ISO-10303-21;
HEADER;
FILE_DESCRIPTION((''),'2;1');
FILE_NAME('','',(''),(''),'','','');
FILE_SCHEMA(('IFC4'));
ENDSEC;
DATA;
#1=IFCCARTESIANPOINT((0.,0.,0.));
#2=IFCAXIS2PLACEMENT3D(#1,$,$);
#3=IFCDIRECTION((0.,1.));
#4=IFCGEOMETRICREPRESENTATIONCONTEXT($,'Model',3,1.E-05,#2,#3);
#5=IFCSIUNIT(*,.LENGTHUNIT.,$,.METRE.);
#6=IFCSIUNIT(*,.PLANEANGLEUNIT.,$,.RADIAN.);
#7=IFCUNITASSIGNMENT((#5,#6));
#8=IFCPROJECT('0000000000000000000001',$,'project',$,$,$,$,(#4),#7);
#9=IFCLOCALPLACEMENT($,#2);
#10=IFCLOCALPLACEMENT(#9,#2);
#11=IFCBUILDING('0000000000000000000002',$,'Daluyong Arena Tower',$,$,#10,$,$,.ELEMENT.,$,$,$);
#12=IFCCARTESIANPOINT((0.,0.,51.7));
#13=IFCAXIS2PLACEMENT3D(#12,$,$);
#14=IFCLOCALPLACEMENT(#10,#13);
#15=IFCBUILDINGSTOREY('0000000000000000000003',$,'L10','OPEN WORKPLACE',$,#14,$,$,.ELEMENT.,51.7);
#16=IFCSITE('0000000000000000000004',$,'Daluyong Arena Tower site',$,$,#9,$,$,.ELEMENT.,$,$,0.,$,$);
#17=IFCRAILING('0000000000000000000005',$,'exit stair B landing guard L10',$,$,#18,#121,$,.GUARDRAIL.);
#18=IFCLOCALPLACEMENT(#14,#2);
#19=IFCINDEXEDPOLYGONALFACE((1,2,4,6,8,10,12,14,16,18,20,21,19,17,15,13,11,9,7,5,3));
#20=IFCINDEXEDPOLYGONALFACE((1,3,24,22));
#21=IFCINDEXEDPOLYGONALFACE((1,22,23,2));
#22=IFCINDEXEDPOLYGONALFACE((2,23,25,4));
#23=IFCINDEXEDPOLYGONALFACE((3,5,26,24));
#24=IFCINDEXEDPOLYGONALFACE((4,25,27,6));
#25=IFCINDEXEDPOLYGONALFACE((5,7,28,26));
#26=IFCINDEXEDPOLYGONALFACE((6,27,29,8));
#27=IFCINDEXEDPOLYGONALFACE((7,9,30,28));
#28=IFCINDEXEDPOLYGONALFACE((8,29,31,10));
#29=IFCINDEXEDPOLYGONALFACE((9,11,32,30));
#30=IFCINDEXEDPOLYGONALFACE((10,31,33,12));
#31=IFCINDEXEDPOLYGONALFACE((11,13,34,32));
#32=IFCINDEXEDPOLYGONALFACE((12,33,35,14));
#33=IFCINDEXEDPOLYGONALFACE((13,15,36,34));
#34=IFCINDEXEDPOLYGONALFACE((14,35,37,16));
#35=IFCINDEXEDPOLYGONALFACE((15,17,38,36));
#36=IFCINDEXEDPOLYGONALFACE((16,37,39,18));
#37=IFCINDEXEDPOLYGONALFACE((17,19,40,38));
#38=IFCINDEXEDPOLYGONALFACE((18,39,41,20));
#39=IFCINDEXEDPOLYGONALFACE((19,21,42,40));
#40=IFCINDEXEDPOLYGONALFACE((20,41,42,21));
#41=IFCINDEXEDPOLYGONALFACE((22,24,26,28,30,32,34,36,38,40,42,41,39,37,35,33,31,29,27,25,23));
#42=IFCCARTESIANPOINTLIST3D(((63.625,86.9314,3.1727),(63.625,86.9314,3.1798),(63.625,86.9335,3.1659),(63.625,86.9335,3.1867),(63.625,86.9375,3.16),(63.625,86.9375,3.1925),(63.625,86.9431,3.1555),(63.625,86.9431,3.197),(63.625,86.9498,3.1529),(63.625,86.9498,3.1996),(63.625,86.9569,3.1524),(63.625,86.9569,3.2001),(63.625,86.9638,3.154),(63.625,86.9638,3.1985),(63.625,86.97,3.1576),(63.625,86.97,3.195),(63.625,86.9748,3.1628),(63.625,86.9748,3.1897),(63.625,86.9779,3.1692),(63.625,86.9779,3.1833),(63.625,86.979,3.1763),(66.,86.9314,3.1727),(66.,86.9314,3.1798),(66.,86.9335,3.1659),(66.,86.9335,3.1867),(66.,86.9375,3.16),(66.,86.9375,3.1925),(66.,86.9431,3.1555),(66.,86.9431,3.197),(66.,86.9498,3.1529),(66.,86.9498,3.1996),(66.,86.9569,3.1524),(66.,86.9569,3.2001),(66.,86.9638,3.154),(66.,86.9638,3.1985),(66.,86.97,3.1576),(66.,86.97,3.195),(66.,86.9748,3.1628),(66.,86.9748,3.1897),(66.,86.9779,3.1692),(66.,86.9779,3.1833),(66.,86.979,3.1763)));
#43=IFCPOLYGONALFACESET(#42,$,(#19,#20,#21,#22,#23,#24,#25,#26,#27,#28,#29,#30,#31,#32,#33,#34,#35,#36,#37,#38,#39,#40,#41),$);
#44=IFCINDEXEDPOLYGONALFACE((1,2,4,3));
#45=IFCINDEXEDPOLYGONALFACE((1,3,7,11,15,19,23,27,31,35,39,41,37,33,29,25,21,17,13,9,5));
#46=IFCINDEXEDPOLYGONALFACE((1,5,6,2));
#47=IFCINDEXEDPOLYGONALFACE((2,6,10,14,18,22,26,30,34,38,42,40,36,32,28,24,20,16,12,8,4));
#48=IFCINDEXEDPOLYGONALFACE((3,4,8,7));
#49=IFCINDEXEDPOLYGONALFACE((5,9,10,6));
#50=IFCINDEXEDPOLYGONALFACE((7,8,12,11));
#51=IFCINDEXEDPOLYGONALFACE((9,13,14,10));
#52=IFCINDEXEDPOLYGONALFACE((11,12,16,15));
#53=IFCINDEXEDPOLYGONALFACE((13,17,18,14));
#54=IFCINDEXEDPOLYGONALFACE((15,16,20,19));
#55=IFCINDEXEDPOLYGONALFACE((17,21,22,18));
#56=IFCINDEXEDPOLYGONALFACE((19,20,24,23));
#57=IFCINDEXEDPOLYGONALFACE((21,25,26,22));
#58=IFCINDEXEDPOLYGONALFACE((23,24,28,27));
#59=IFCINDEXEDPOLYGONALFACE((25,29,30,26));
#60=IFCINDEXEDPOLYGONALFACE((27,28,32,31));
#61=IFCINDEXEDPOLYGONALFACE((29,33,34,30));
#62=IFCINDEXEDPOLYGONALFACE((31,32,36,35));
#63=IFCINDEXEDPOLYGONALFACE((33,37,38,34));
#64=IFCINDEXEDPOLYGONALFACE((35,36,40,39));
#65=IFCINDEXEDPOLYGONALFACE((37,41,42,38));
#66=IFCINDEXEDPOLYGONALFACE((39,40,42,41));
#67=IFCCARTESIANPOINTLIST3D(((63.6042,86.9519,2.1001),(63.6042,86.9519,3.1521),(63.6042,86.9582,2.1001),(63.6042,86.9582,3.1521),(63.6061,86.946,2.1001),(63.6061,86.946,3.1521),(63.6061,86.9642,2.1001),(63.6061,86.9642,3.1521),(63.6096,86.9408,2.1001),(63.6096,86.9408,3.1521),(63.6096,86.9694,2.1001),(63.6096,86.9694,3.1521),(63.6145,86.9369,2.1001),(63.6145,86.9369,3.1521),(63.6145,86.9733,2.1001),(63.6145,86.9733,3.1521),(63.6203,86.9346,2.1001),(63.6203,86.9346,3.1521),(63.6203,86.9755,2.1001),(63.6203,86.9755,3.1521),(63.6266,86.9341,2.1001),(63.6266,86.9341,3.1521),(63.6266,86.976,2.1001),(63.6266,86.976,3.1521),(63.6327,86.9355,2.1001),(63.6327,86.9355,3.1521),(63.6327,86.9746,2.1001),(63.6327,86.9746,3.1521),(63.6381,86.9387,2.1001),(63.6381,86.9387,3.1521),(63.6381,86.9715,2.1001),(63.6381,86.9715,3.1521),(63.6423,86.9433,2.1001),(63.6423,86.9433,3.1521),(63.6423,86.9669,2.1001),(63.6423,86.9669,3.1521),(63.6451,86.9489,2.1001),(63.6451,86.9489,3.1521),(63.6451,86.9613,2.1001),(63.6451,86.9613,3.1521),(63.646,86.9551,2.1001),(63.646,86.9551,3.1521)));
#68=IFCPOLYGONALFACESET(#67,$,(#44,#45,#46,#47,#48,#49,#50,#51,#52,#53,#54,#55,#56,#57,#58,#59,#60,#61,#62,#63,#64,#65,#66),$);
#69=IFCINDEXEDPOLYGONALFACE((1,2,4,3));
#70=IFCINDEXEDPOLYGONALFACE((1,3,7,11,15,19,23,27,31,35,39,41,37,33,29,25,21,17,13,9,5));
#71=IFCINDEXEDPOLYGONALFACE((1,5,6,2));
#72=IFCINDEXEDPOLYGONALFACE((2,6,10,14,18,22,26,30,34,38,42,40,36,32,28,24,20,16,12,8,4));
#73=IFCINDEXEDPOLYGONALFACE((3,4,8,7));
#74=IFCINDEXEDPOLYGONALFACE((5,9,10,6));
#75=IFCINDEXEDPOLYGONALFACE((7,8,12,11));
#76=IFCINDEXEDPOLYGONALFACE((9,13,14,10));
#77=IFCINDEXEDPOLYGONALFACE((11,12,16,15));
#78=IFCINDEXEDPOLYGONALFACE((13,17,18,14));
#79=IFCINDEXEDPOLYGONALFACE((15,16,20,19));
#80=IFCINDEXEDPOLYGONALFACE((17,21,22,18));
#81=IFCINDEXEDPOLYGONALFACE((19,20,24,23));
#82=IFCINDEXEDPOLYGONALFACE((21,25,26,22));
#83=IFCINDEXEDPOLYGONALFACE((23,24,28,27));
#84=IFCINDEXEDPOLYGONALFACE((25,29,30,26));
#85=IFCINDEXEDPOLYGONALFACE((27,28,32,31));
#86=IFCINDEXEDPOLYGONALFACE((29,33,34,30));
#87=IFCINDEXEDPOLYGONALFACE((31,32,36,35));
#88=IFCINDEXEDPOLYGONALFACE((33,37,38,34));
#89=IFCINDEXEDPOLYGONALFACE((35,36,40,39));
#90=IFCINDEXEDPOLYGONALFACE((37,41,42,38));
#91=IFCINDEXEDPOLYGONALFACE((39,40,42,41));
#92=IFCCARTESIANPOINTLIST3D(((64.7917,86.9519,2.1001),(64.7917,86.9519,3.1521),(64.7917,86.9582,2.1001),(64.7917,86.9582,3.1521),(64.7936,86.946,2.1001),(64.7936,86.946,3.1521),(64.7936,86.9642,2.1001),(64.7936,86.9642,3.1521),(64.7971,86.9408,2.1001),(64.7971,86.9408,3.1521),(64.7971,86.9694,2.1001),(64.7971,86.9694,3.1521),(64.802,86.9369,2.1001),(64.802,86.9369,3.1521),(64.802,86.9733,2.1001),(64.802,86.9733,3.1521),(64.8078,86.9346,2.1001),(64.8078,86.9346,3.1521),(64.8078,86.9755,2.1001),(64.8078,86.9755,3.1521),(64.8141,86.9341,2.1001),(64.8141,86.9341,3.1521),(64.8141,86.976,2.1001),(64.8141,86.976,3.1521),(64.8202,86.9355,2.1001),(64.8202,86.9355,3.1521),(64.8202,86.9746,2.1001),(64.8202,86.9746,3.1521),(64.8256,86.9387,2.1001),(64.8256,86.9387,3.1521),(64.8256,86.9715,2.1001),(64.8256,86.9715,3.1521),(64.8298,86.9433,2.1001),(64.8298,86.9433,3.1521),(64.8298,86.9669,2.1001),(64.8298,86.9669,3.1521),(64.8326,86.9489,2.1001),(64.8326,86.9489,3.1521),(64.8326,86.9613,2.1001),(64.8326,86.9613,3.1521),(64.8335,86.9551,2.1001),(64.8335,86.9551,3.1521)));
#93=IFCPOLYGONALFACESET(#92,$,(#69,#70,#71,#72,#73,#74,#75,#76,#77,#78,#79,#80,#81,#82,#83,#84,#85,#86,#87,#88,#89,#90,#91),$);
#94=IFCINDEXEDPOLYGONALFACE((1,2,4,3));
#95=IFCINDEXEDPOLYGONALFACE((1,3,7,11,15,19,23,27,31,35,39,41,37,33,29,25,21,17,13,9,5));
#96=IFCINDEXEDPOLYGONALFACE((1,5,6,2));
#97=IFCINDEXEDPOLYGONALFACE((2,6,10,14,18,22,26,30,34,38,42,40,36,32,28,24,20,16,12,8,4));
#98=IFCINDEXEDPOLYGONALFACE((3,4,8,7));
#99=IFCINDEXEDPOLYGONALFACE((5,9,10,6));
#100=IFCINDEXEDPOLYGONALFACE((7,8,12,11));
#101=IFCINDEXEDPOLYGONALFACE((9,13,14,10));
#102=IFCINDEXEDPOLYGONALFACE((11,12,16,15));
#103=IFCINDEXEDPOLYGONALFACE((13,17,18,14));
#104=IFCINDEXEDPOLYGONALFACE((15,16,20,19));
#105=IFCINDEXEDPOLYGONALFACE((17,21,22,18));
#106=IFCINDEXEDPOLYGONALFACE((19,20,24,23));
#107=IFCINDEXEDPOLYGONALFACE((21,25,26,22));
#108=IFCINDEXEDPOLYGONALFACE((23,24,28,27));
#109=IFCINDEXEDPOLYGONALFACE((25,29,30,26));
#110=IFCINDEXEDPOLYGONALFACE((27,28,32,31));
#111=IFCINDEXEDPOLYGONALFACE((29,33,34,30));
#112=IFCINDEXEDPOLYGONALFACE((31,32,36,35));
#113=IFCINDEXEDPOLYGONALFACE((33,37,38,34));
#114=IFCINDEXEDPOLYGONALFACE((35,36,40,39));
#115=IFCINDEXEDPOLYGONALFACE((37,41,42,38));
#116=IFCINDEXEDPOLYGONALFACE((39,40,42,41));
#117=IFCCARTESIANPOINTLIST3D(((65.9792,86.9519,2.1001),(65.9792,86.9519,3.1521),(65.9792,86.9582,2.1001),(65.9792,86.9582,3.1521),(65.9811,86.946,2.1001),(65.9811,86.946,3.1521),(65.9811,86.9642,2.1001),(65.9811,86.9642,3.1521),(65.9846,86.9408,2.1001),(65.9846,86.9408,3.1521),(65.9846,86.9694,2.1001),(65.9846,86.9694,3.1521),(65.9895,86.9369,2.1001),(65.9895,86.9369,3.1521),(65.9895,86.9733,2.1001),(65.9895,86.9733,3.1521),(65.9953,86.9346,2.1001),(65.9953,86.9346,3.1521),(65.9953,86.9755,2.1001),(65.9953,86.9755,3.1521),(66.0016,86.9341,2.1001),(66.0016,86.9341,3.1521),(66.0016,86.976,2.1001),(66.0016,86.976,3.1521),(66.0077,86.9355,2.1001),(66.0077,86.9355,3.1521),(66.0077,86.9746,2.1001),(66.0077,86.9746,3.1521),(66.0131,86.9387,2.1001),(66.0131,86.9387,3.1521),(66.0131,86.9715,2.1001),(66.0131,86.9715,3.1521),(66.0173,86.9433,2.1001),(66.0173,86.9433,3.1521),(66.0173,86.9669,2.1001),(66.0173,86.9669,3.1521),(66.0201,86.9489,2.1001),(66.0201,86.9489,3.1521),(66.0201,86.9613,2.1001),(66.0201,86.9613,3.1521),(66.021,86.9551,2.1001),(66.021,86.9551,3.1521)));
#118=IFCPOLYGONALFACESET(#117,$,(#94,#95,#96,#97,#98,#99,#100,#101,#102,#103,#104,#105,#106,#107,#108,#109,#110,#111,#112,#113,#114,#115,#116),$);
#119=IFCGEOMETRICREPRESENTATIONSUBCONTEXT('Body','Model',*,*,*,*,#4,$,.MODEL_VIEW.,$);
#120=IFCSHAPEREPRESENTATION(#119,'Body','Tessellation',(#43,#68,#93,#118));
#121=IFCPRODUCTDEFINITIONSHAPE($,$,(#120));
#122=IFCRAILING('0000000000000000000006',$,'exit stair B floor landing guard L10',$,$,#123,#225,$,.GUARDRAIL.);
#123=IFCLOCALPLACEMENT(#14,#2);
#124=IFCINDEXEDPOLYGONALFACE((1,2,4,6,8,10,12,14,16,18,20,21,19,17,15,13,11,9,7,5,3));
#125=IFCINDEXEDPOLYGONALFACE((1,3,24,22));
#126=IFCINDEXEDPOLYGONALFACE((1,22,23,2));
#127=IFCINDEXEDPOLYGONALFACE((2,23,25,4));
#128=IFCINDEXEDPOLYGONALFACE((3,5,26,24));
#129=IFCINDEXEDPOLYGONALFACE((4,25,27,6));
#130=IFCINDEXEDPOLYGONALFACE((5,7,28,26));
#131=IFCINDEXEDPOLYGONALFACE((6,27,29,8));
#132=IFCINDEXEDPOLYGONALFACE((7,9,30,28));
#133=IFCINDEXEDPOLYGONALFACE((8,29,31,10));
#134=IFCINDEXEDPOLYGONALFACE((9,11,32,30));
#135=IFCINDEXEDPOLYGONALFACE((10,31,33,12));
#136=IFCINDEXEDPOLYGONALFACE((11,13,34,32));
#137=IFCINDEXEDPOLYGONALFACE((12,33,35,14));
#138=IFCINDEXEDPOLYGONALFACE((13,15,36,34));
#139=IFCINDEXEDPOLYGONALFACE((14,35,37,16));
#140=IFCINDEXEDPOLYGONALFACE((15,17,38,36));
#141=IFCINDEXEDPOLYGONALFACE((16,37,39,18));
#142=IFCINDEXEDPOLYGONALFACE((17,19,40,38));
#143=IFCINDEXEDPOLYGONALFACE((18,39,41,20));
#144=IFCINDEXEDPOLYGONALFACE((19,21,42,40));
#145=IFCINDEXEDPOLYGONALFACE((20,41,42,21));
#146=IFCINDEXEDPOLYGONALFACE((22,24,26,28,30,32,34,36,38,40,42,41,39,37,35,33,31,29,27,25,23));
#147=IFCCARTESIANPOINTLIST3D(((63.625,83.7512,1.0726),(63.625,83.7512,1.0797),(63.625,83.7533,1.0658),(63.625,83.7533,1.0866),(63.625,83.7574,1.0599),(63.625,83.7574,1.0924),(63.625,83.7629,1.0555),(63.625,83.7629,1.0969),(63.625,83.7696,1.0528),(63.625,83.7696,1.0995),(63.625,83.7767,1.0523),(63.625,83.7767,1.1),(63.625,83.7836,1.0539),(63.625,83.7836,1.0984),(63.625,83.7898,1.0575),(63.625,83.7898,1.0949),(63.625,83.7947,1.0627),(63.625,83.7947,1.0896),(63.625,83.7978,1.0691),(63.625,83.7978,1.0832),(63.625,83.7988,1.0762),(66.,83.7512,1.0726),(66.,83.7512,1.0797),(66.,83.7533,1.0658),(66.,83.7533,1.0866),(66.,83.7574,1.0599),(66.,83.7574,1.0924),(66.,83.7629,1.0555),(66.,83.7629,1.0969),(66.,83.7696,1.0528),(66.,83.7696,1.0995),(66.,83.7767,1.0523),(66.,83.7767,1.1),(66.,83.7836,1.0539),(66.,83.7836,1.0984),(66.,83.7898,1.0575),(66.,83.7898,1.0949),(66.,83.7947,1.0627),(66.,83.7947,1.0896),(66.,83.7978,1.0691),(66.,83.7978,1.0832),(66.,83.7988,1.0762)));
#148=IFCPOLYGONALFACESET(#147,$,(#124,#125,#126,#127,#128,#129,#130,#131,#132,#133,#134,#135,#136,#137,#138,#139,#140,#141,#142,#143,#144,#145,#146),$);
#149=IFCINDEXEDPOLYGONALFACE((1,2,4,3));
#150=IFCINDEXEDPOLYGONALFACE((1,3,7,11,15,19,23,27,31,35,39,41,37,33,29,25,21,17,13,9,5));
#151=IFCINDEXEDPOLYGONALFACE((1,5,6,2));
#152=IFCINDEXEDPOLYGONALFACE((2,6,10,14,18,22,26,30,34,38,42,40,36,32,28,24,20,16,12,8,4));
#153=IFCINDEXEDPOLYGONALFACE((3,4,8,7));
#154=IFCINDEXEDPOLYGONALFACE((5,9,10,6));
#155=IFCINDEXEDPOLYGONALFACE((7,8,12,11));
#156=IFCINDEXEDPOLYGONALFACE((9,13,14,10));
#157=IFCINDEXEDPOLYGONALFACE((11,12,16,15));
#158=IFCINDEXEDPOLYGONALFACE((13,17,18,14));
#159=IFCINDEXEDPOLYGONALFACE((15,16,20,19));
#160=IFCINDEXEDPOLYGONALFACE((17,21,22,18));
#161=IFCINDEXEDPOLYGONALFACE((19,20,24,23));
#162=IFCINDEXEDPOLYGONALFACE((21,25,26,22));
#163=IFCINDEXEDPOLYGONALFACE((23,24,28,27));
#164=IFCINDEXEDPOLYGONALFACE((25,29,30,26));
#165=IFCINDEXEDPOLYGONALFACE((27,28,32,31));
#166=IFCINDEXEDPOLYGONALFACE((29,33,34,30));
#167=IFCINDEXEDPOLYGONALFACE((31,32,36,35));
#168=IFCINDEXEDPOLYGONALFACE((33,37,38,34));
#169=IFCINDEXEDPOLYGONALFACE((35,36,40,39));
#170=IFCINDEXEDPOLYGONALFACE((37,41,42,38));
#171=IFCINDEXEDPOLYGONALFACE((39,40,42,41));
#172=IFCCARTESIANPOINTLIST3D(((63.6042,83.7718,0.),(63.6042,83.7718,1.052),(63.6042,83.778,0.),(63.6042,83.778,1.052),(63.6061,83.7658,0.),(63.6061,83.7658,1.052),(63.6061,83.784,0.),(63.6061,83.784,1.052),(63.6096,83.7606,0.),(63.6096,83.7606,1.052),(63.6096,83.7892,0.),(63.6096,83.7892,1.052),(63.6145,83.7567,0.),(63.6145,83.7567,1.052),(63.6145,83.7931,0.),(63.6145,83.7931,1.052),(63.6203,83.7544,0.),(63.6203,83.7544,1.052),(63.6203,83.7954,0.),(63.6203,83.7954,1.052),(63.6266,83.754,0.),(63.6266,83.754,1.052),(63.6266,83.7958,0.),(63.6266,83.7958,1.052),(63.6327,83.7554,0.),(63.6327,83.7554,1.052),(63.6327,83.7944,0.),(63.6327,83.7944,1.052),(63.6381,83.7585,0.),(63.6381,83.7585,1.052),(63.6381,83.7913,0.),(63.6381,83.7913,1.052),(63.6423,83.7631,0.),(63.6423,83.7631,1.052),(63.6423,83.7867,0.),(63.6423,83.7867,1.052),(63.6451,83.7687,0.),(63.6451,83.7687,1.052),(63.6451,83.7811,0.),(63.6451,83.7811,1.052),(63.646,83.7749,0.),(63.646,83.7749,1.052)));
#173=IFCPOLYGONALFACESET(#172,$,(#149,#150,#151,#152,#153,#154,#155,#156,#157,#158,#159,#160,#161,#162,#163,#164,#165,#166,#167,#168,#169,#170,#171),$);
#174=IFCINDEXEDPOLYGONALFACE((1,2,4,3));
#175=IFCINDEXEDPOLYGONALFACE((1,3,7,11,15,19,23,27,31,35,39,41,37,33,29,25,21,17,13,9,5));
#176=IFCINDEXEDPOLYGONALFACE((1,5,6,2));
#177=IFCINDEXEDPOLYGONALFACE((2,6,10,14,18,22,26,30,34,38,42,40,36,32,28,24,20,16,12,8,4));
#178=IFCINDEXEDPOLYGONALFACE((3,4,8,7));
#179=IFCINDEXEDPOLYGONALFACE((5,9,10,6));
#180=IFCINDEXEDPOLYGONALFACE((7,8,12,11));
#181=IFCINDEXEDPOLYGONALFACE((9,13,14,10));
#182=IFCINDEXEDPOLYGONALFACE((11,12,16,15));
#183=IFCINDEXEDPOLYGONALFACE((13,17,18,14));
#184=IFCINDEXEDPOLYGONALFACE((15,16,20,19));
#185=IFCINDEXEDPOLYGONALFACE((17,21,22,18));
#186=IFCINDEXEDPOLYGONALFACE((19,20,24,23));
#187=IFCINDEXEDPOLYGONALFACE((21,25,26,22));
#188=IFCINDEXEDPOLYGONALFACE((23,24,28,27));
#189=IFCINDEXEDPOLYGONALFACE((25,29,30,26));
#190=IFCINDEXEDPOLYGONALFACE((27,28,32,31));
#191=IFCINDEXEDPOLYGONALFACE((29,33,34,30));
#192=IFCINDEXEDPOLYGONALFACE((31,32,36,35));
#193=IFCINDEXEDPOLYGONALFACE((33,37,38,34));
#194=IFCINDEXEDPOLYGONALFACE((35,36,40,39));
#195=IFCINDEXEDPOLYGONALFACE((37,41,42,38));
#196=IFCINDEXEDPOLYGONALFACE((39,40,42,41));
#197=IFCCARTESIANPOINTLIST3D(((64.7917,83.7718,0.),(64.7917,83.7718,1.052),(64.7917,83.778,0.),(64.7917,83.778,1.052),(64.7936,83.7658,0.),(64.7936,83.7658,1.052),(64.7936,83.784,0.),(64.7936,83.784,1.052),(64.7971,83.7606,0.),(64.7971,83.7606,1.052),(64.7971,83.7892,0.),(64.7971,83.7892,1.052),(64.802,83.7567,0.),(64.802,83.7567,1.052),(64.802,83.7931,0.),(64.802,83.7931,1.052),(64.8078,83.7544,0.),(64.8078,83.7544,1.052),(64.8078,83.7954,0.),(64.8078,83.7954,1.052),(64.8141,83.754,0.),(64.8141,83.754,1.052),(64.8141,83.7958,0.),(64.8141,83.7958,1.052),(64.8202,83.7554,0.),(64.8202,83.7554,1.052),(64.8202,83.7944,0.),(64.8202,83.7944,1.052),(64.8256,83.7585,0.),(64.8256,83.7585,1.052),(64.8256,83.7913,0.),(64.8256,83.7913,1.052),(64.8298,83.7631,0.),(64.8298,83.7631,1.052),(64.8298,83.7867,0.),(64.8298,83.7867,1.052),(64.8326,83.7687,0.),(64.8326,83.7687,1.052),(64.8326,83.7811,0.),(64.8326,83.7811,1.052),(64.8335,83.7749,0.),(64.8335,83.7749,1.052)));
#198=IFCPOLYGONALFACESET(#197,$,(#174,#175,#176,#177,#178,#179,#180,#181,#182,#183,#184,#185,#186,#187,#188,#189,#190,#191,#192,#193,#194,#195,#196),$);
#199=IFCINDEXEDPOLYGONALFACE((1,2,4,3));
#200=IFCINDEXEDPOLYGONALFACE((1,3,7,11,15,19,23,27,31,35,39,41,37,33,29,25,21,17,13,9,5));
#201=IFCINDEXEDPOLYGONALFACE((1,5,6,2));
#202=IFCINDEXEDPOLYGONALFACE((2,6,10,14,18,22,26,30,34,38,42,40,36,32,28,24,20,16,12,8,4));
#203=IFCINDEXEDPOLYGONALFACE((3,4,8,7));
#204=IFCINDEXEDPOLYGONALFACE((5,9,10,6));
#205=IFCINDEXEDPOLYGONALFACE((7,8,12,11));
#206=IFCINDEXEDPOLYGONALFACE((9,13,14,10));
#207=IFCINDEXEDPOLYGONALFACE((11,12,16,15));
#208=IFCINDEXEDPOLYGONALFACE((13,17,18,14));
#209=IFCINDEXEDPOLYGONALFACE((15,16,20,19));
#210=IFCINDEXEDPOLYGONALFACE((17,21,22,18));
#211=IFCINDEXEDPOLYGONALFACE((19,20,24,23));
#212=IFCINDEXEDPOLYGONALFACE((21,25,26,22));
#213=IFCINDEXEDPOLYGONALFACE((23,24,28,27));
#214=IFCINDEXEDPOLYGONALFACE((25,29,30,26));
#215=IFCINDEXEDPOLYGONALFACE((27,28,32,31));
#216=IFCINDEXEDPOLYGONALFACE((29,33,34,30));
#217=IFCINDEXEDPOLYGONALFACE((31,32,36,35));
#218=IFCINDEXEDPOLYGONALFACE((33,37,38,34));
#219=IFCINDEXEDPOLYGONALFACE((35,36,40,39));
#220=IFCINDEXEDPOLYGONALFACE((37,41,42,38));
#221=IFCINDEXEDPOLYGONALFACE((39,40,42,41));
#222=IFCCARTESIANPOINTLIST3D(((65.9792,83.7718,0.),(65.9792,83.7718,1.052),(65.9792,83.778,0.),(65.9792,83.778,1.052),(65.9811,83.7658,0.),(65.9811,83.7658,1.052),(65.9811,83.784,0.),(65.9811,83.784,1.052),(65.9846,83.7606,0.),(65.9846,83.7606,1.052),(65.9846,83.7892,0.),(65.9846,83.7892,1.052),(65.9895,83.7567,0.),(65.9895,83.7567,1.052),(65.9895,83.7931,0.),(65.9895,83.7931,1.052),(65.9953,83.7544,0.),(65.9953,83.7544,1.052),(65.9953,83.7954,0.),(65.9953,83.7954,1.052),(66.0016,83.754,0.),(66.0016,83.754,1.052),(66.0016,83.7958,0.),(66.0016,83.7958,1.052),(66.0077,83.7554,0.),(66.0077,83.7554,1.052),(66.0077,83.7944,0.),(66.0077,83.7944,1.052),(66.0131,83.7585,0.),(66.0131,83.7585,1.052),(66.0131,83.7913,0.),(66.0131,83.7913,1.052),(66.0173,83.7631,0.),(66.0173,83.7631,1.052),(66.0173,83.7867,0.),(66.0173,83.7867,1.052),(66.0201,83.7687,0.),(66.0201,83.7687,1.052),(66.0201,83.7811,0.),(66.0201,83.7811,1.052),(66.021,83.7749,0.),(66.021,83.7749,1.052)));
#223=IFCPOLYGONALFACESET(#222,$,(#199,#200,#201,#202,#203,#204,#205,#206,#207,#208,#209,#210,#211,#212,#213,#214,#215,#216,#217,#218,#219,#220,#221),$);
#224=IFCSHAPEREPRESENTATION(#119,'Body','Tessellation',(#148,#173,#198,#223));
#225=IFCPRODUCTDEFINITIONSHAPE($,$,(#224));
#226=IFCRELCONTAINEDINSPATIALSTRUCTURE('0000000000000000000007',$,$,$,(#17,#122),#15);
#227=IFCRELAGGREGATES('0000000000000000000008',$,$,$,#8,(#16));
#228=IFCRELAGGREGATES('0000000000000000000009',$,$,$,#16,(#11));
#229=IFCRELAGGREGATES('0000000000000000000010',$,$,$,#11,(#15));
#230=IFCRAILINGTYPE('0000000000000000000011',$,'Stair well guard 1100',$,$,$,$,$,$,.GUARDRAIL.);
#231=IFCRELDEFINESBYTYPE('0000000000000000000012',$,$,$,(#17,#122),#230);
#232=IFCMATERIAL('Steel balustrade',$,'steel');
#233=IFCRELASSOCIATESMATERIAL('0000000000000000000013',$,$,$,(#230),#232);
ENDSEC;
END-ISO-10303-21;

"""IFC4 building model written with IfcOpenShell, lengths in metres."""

from ifc_helpers import new_model, si_unit, direction, frame, origin, origin_2d, place, context, subcontext, project, spatial, circle, extrude, material, type_object, element, save


model = new_model("IFC4")

# Units and contexts
model_context = context("Model", 3, precision=1e-05, world=origin(), true_north=direction((0.0, 1.0)))
body_context = subcontext(model_context, "Body", "Model", "MODEL_VIEW")
ifc_project = project(units=[si_unit("LENGTHUNIT", "METRE"), si_unit("PLANEANGLEUNIT", "RADIAN")], contexts=[model_context])

# Site, building, storey
site_placement = place(None, origin())
site = spatial("IfcSite", under=ifc_project, at=site_placement, Name="Daluyong Arena Tower site", CompositionType="ELEMENT", RefElevation=0.0)
building_placement = place(site_placement, origin())
building = spatial("IfcBuilding", under=site, at=building_placement, Name="Daluyong Arena Tower", CompositionType="ELEMENT")
storey_placement = place(building_placement, frame((0.0, 0.0, 51.7)))
storey = spatial("IfcBuildingStorey", under=building, at=storey_placement, Name="L10", Description="OPEN WORKPLACE", CompositionType="ELEMENT", Elevation=51.7)

# Railings
ifc_material_1 = material(Name="Steel balustrade", Category="steel")
railing_type_1 = type_object("IfcRailingType", Name="Stair well guard 1100", PredefinedType="GUARDRAIL", material=ifc_material_1)
for number, where, name in (
    (1, (63.625, 86.9551, 2.1001), "exit stair B landing guard L10"),
    (2, (63.625, 83.7749, 0.0), "exit stair B floor landing guard L10"),
):
    element("IfcRailing", number, at=place(storey_placement, frame(where)), inside=storey, type_object=railing_type_1, Name=name, PredefinedType="GUARDRAIL", context=body_context, shape_type="SweptSolid", body=[
        extrude(circle(Radius=0.0239, at=origin_2d()), frame((0.0, 0.0, 1.0762), z_axis=(1.0, 0.0, 0.0), x_axis=(0.0, 1.0, 0.0)), (0.0, 0.0, 1.0), 2.375),
        extrude(circle(Radius=0.021, at=origin_2d()), origin(), (0.0, 0.0, 1.0), 1.052),
        extrude(circle(Radius=0.021, at=origin_2d()), frame((1.1875, 0.0, 0.0)), (0.0, 0.0, 1.0), 1.052),
        extrude(circle(Radius=0.021, at=origin_2d()), frame((2.375, 0.0, 0.0)), (0.0, 0.0, 1.0), 1.052),
    ])

save(model, "model.ifc")
